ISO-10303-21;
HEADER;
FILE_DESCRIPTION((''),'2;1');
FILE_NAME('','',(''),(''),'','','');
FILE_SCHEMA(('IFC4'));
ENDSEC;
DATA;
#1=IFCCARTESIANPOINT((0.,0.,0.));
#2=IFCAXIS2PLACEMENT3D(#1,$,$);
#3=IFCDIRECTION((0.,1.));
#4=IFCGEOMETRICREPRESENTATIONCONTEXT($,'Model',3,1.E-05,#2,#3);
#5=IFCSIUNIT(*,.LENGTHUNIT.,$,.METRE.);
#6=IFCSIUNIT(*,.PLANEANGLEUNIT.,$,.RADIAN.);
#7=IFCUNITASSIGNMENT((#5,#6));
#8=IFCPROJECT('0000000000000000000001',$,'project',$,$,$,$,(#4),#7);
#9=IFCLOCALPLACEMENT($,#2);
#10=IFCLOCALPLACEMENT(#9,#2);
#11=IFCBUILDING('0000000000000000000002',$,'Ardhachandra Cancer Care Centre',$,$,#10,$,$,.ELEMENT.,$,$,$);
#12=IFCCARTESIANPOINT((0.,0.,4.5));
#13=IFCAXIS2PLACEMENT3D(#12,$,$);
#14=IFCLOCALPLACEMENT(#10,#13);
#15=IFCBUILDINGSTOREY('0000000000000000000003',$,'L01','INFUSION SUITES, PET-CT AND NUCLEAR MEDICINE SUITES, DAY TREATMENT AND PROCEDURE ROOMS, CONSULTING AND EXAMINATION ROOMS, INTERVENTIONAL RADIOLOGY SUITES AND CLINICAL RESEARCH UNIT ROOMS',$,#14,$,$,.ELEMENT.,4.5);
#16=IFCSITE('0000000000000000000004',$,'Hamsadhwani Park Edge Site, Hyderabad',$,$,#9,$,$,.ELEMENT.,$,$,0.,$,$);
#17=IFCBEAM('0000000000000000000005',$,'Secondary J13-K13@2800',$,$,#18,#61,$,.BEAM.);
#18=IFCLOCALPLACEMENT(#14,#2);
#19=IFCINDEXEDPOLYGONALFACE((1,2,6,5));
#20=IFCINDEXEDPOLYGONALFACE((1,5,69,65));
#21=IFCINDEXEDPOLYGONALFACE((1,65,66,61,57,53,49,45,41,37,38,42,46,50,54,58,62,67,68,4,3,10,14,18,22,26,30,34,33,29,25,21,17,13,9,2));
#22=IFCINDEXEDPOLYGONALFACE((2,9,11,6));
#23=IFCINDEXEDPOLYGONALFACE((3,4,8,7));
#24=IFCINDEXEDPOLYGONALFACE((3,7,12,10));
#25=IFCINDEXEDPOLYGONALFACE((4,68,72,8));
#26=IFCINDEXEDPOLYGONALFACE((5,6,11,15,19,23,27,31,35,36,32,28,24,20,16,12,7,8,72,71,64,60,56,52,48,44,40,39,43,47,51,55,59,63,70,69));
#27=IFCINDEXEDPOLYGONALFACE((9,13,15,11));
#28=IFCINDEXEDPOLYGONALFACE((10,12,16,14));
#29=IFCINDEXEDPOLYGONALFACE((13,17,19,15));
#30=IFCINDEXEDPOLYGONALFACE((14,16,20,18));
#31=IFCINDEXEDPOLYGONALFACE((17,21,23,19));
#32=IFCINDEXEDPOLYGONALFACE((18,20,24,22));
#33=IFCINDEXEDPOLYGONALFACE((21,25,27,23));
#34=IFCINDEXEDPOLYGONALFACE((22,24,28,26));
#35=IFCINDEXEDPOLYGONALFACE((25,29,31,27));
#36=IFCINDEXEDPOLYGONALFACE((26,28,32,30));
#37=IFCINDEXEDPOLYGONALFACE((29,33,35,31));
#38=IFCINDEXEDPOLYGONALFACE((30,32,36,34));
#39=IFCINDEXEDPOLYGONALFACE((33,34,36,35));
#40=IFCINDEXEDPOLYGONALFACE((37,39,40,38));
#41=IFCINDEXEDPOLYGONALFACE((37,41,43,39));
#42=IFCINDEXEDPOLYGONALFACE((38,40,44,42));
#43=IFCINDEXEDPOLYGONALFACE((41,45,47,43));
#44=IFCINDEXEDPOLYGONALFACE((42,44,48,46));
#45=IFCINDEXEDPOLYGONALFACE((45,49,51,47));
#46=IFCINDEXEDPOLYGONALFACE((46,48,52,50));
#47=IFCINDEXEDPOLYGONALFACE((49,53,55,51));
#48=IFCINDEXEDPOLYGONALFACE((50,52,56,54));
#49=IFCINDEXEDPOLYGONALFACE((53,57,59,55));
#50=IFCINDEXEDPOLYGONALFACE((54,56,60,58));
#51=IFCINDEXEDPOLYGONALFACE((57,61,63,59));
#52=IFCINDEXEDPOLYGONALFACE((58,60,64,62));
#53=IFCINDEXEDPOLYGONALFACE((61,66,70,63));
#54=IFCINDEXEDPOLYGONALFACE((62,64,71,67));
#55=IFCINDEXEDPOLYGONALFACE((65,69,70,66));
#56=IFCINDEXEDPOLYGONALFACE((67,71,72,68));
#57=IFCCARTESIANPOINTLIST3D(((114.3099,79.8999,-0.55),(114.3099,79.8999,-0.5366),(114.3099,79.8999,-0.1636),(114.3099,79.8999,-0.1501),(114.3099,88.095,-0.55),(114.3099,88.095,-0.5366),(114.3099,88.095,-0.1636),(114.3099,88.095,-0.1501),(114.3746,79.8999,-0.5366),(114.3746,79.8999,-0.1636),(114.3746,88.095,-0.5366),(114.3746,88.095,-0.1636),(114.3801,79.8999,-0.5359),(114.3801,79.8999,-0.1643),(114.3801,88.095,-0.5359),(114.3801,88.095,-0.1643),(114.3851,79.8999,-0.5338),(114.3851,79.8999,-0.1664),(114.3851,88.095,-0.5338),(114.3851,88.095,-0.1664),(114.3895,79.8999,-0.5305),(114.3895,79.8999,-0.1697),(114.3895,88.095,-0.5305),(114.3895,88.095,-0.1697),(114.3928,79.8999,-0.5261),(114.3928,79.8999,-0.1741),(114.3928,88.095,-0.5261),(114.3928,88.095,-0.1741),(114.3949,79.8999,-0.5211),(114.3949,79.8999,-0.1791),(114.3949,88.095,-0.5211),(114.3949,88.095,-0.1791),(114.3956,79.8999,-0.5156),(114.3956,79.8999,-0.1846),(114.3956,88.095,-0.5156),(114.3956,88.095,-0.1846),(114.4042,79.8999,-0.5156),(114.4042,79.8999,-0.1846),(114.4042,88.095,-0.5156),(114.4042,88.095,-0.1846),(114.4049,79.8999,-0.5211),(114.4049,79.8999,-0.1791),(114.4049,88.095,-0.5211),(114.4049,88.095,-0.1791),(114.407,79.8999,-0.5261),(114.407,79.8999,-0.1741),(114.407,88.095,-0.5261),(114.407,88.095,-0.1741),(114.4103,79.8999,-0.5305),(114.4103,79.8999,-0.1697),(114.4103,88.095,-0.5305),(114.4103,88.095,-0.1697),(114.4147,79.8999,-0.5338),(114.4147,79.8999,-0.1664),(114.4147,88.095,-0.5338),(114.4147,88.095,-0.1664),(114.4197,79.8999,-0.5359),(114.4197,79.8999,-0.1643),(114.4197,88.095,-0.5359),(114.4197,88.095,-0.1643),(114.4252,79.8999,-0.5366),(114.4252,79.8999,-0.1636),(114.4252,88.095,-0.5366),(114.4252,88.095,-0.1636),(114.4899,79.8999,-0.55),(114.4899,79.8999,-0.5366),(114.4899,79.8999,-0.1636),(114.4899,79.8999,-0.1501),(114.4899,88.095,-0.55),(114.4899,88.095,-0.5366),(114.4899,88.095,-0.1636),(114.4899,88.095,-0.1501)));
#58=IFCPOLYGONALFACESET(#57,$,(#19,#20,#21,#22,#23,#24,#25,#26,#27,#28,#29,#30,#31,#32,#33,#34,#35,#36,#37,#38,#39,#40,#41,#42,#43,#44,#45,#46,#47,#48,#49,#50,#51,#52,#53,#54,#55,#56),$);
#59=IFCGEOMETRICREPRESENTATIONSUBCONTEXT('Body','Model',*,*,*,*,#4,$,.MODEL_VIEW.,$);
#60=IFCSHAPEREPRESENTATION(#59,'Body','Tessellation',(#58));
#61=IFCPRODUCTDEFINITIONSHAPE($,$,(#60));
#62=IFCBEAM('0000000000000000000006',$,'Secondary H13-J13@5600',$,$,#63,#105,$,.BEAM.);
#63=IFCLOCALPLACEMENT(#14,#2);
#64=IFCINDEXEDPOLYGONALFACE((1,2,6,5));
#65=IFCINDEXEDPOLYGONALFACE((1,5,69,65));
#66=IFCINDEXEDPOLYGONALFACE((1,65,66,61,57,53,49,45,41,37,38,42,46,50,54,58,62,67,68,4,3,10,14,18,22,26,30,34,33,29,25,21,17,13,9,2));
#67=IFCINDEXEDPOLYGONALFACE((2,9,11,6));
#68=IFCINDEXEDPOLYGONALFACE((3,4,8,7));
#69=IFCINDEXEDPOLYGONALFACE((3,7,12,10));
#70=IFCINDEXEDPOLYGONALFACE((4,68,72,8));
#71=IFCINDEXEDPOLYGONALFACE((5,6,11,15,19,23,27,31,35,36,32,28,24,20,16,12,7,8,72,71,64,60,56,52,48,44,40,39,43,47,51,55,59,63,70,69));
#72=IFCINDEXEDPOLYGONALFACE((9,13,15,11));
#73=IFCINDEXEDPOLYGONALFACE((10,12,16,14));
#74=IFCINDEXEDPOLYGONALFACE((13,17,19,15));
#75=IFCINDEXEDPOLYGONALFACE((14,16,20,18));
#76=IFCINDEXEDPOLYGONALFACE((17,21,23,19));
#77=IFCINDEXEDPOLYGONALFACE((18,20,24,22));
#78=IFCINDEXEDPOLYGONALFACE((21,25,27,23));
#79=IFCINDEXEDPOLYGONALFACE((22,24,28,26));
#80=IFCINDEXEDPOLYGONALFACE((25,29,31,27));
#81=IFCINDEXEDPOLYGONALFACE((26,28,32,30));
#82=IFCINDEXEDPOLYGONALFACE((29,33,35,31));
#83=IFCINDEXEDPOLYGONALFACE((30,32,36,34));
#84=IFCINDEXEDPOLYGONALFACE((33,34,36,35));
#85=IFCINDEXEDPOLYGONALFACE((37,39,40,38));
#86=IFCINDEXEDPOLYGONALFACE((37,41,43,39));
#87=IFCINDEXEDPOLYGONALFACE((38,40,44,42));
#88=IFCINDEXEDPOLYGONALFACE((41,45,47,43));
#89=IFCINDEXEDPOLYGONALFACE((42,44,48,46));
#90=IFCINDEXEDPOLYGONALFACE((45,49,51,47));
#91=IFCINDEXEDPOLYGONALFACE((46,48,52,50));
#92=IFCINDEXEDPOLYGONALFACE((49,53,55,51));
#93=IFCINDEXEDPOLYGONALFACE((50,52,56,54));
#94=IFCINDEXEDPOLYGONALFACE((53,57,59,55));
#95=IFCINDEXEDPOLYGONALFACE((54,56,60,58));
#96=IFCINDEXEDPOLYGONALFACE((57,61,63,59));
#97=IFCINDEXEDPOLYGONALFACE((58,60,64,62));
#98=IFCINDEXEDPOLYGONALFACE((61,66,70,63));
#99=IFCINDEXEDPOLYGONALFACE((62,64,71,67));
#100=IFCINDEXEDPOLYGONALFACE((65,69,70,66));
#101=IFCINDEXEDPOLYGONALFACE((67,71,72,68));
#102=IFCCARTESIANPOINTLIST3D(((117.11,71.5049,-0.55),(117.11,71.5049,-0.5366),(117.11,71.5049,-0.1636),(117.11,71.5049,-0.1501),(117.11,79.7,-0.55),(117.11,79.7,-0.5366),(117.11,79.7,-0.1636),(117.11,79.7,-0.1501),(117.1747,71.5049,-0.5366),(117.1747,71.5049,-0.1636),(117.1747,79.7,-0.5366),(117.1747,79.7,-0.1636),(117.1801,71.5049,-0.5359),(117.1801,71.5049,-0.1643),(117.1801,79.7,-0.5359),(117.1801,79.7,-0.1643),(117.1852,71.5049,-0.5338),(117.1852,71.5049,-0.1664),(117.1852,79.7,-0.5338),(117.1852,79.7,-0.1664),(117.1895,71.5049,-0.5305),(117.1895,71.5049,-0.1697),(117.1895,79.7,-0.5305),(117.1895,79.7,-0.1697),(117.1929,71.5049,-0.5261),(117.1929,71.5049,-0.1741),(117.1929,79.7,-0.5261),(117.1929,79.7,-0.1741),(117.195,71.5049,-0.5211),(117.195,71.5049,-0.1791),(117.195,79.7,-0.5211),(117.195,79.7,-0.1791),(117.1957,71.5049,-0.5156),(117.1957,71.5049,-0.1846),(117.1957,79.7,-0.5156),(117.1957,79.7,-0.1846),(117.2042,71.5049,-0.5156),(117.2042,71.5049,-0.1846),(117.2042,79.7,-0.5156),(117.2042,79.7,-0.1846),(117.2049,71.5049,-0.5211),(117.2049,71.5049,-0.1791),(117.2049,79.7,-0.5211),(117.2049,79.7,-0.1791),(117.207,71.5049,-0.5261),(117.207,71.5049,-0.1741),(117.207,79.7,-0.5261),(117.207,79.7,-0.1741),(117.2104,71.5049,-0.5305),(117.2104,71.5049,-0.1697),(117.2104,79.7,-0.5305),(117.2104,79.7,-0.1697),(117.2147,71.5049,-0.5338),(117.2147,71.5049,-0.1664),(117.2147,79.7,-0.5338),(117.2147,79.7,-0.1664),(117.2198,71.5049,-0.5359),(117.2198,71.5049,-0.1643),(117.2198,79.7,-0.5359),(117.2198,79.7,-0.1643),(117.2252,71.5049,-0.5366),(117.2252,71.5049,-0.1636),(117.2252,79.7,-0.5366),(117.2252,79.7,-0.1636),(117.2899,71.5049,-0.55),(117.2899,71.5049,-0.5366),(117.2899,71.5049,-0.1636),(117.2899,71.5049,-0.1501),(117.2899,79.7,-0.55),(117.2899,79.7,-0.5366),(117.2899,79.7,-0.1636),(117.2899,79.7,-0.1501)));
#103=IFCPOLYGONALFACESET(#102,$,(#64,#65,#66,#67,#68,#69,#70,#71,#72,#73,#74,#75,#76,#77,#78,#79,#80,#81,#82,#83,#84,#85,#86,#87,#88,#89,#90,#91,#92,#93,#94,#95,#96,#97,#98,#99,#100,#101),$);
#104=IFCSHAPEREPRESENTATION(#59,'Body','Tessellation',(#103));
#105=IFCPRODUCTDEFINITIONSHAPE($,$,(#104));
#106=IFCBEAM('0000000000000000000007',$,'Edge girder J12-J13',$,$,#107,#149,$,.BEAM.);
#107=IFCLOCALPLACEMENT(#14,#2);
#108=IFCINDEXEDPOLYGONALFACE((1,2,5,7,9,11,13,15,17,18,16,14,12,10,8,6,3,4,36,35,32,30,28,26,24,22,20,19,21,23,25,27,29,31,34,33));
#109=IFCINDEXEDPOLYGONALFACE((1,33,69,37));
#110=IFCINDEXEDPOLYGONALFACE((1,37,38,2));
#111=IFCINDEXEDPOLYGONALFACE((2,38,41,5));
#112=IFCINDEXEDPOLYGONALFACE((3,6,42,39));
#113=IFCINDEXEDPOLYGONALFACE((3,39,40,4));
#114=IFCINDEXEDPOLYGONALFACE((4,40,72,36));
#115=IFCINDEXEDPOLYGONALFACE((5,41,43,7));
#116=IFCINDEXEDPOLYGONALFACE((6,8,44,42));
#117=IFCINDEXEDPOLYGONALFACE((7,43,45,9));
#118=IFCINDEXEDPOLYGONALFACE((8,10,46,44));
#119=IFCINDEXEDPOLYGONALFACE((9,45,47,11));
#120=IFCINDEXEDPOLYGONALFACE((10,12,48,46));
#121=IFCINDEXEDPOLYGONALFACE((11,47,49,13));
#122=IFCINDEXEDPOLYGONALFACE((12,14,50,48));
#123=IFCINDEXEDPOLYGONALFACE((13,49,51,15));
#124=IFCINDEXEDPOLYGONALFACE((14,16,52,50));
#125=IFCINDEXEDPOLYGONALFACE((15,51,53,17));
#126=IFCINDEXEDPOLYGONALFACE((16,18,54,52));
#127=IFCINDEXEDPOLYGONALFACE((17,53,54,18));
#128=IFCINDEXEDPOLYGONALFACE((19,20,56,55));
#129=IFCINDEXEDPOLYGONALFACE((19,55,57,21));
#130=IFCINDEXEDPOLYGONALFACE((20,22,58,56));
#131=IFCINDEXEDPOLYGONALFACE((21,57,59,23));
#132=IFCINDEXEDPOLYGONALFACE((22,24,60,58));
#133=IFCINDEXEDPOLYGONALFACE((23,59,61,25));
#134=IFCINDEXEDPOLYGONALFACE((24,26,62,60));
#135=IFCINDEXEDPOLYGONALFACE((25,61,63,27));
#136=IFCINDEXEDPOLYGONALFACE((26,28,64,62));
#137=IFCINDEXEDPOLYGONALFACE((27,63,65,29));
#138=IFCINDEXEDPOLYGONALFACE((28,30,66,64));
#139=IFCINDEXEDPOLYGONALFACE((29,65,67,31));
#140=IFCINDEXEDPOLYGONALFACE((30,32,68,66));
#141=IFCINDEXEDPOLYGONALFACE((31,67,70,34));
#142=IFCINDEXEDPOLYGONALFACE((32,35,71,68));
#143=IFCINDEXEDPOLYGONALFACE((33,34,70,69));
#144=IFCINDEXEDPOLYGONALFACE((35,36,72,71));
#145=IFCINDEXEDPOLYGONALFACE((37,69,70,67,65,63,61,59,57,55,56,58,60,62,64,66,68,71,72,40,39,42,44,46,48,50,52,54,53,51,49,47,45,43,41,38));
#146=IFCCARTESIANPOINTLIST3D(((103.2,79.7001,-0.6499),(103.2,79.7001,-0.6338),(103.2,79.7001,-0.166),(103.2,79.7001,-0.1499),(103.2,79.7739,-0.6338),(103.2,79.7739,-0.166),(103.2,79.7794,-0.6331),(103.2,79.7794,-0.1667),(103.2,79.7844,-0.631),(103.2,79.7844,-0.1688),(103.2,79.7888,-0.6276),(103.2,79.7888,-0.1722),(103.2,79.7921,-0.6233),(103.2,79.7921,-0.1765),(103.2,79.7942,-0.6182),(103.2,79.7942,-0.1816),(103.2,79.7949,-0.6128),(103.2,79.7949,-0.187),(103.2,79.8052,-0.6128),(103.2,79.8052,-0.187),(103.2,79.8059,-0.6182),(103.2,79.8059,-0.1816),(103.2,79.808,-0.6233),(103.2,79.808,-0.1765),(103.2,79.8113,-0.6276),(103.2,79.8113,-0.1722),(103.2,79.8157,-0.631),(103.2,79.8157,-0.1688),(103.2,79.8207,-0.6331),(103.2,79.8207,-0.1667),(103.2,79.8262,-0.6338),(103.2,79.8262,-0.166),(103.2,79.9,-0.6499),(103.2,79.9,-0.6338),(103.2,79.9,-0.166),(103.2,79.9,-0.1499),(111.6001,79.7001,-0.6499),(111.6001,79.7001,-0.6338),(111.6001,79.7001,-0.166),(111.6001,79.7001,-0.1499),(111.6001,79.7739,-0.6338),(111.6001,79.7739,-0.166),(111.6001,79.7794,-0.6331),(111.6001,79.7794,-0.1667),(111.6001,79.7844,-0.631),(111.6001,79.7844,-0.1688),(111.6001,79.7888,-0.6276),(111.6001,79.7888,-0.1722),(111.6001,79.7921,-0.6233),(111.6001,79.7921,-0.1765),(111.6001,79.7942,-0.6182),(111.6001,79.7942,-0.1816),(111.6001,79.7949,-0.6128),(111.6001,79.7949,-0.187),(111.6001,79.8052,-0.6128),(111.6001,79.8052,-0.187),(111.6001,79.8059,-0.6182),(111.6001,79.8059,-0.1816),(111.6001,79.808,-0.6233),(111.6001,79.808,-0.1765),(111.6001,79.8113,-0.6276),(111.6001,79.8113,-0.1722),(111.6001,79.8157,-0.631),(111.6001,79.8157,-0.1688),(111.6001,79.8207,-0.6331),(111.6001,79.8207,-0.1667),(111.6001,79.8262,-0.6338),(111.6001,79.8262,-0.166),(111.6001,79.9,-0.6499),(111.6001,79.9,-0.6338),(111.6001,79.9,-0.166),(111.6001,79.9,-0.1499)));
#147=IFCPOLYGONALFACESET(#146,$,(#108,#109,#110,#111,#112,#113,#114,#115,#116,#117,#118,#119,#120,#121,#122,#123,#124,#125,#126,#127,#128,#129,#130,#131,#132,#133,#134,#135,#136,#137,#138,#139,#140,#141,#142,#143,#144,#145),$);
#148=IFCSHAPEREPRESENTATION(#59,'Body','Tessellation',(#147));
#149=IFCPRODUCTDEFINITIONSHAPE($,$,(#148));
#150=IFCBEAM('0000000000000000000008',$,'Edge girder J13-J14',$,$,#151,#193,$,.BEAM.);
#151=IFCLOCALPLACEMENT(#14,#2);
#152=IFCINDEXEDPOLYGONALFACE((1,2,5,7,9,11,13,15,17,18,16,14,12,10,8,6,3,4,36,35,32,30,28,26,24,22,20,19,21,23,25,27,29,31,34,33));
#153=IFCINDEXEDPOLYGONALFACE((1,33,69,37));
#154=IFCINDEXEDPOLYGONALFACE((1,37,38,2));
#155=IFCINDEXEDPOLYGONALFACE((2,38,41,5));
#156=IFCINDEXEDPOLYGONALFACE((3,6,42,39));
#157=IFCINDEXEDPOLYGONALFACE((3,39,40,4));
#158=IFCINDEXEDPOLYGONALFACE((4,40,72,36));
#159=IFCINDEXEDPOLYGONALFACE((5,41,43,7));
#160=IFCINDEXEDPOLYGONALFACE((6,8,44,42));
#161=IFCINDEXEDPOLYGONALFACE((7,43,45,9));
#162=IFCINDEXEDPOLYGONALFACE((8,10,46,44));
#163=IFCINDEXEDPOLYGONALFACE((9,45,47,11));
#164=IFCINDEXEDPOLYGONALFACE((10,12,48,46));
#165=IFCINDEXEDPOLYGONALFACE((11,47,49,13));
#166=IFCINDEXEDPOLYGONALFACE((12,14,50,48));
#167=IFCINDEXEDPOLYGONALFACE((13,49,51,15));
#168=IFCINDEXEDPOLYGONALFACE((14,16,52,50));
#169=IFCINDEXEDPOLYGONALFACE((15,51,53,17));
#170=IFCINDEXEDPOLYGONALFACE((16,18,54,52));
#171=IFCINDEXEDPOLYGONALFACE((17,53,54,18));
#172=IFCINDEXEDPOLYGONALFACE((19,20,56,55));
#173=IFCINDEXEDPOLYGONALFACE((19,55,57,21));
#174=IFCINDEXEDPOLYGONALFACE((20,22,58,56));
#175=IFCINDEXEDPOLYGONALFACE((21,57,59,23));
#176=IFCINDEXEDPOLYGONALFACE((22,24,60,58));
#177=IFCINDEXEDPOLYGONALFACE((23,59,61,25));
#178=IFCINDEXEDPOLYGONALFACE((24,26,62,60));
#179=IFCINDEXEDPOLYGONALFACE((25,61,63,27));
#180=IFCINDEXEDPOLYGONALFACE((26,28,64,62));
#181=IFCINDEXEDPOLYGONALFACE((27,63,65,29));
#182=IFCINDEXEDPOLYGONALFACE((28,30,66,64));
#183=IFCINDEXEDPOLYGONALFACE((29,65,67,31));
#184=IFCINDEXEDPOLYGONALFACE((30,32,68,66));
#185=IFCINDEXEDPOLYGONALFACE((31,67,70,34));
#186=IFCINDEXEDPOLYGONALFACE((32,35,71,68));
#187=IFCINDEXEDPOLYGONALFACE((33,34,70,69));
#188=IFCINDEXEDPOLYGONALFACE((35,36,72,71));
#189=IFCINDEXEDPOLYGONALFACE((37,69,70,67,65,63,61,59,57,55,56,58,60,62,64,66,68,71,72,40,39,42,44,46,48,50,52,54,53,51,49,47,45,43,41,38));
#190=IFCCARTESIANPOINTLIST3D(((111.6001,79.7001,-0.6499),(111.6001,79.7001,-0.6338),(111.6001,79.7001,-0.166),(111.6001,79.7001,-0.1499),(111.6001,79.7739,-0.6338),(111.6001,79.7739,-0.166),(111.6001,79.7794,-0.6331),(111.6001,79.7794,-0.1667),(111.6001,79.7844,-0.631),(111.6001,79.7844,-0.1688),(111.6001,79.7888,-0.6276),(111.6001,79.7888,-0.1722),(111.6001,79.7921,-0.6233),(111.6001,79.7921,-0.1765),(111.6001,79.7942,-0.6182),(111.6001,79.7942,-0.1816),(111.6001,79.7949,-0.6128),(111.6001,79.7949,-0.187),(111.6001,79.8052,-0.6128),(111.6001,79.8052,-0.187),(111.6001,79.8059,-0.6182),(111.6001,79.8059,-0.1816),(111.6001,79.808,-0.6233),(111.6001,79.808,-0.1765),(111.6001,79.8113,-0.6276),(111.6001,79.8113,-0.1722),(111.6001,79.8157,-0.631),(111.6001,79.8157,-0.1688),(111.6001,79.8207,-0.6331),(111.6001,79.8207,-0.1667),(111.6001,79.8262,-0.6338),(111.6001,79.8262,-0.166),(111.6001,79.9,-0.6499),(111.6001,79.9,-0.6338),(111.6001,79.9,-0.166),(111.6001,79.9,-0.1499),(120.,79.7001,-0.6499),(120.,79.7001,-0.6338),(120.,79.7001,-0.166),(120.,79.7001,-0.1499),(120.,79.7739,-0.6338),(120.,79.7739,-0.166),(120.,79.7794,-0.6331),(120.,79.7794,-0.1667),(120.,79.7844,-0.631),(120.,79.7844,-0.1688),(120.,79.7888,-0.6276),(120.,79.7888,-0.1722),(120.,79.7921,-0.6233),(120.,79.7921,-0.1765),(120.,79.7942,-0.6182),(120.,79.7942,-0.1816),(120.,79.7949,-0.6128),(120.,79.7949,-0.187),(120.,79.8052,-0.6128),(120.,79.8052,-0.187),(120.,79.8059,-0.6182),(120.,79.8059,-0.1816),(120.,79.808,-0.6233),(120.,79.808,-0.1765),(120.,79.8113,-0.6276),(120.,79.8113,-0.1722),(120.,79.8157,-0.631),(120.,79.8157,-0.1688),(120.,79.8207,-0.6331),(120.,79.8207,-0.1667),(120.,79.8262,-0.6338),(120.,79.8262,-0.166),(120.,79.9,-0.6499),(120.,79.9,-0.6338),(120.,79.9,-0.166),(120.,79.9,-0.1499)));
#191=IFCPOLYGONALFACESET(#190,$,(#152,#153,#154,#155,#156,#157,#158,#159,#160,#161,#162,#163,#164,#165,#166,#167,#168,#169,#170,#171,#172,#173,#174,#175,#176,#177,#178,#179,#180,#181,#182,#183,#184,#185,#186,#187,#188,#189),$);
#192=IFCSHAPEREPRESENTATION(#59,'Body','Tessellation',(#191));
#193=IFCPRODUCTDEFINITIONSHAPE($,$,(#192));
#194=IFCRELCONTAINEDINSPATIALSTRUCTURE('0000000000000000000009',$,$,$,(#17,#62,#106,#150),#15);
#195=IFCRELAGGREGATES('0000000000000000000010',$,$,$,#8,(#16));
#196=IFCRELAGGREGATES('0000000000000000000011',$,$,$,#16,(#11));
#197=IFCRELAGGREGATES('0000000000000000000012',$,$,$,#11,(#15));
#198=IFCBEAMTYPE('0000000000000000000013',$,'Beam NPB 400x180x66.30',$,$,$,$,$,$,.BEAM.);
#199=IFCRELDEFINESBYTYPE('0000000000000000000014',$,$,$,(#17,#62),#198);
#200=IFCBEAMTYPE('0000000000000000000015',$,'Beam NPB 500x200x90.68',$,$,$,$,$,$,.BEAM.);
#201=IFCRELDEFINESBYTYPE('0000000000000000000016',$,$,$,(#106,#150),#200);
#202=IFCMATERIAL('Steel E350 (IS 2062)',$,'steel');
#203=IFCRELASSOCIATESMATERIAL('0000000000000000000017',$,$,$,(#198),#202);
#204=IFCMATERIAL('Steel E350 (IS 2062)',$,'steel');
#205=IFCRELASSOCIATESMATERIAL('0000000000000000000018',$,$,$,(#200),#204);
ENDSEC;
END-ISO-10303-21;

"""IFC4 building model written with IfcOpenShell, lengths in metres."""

from ifc_helpers import new_model, si_unit, direction, frame, origin, origin_2d, place, context, subcontext, project, spatial, i_section, extrude, material, material_profile, profile_set, type_object, element, save


model = new_model("IFC4")

# Units and contexts
model_context = context("Model", 3, precision=1e-05, world=origin(), true_north=direction((0.0, 1.0)))
body_context = subcontext(model_context, "Body", "Model", "MODEL_VIEW")
ifc_project = project(units=[si_unit("LENGTHUNIT", "METRE"), si_unit("PLANEANGLEUNIT", "RADIAN")], contexts=[model_context])

# Site, building, storey
site_placement = place(None, origin())
site = spatial("IfcSite", under=ifc_project, at=site_placement, Name="Hamsadhwani Park Edge Site, Hyderabad", CompositionType="ELEMENT", RefElevation=0.0)
building_placement = place(site_placement, origin())
building = spatial("IfcBuilding", under=site, at=building_placement, Name="Ardhachandra Cancer Care Centre", CompositionType="ELEMENT")
storey_placement = place(building_placement, frame((0.0, 0.0, 4.5)))
storey = spatial("IfcBuildingStorey", under=building, at=storey_placement, Name="L01", Description="INFUSION SUITES, PET-CT AND NUCLEAR MEDICINE SUITES, DAY TREATMENT AND PROCEDURE ROOMS, CONSULTING AND EXAMINATION ROOMS, INTERVENTIONAL RADIOLOGY SUITES AND CLINICAL RESEARCH UNIT ROOMS", CompositionType="ELEMENT", Elevation=4.5)

# Beams
ifc_material_1 = material(Name="Steel E350 (IS 2062)", Category="steel")
ifc_material_profile_1 = material_profile(ifc_material_1, i_section(OverallWidth=0.1799, OverallDepth=0.3999, WebThickness=0.0085, FlangeThickness=0.0134, FilletRadius=0.021, at=origin_2d()), Name="NPB 400x180x66.30")
ifc_profile_set_1 = profile_set([ifc_material_profile_1], Name="Steel E350 (IS 2062)")
beam_type_1 = type_object("IfcBeamType", Name="Beam NPB 400x180x66.30", PredefinedType="BEAM", material=ifc_profile_set_1)
for number, where, z_axis, x_axis, name in (
    (1, (114.3999, 79.8999, -0.3501), (0.0, 1.0, 0.0), (-1.0, 0.0, 0.0), "Secondary J13-K13@2800"),
    (2, (117.2, 71.5049, -0.3501), (0.0, 1.0, 0.0), (-1.0, 0.0, 0.0), "Secondary H13-J13@5600"),
):
    element("IfcBeam", number, at=place(storey_placement, frame(where, z_axis=z_axis, x_axis=x_axis)), inside=storey, type_object=beam_type_1, Name=name, PredefinedType="BEAM", context=body_context, shape_type="SweptSolid", body=[
        extrude(i_section(OverallWidth=0.1799, OverallDepth=0.3999, WebThickness=0.0085, FlangeThickness=0.0134, FilletRadius=0.021, at=origin_2d()), origin(), (0.0, 0.0, 1.0), 8.1951),
    ])
ifc_material_2 = material(Name="Steel E350 (IS 2062)", Category="steel")
ifc_material_profile_2 = material_profile(ifc_material_2, i_section(OverallWidth=0.2, OverallDepth=0.5, WebThickness=0.0103, FlangeThickness=0.0161, FilletRadius=0.021, at=origin_2d()), Name="NPB 500x200x90.68")
ifc_profile_set_2 = profile_set([ifc_material_profile_2], Name="Steel E350 (IS 2062)")
beam_type_2 = type_object("IfcBeamType", Name="Beam NPB 500x200x90.68", PredefinedType="BEAM", material=ifc_profile_set_2)
beam_1_placement = place(storey_placement, frame((103.2, 79.8, -0.3999), z_axis=(1.0, 0.0, 0.0), x_axis=(0.0, 1.0, 0.0)))
element("IfcBeam", 3, at=beam_1_placement, inside=storey, type_object=beam_type_2, Name="Edge girder J12-J13", PredefinedType="BEAM", context=body_context, shape_type="SweptSolid", body=[
    extrude(i_section(OverallWidth=0.2, OverallDepth=0.5, WebThickness=0.0103, FlangeThickness=0.0161, FilletRadius=0.021, at=origin_2d()), origin(), (0.0, 0.0, 1.0), 8.4001),
])
for number, where, z_axis, x_axis, name in (
    (4, (111.6001, 79.8, -0.3999), (1.0, 0.0, 0.0), (0.0, 1.0, 0.0), "Edge girder J13-J14"),
):
    element("IfcBeam", number, at=place(storey_placement, frame(where, z_axis=z_axis, x_axis=x_axis)), inside=storey, type_object=beam_type_2, Name=name, PredefinedType="BEAM", context=body_context, shape_type="SweptSolid", body=[
        extrude(i_section(OverallWidth=0.2, OverallDepth=0.5, WebThickness=0.0103, FlangeThickness=0.0161, FilletRadius=0.021, at=origin_2d()), origin(), (0.0, 0.0, 1.0), 8.3999),
    ])

save(model, "model.ifc")
